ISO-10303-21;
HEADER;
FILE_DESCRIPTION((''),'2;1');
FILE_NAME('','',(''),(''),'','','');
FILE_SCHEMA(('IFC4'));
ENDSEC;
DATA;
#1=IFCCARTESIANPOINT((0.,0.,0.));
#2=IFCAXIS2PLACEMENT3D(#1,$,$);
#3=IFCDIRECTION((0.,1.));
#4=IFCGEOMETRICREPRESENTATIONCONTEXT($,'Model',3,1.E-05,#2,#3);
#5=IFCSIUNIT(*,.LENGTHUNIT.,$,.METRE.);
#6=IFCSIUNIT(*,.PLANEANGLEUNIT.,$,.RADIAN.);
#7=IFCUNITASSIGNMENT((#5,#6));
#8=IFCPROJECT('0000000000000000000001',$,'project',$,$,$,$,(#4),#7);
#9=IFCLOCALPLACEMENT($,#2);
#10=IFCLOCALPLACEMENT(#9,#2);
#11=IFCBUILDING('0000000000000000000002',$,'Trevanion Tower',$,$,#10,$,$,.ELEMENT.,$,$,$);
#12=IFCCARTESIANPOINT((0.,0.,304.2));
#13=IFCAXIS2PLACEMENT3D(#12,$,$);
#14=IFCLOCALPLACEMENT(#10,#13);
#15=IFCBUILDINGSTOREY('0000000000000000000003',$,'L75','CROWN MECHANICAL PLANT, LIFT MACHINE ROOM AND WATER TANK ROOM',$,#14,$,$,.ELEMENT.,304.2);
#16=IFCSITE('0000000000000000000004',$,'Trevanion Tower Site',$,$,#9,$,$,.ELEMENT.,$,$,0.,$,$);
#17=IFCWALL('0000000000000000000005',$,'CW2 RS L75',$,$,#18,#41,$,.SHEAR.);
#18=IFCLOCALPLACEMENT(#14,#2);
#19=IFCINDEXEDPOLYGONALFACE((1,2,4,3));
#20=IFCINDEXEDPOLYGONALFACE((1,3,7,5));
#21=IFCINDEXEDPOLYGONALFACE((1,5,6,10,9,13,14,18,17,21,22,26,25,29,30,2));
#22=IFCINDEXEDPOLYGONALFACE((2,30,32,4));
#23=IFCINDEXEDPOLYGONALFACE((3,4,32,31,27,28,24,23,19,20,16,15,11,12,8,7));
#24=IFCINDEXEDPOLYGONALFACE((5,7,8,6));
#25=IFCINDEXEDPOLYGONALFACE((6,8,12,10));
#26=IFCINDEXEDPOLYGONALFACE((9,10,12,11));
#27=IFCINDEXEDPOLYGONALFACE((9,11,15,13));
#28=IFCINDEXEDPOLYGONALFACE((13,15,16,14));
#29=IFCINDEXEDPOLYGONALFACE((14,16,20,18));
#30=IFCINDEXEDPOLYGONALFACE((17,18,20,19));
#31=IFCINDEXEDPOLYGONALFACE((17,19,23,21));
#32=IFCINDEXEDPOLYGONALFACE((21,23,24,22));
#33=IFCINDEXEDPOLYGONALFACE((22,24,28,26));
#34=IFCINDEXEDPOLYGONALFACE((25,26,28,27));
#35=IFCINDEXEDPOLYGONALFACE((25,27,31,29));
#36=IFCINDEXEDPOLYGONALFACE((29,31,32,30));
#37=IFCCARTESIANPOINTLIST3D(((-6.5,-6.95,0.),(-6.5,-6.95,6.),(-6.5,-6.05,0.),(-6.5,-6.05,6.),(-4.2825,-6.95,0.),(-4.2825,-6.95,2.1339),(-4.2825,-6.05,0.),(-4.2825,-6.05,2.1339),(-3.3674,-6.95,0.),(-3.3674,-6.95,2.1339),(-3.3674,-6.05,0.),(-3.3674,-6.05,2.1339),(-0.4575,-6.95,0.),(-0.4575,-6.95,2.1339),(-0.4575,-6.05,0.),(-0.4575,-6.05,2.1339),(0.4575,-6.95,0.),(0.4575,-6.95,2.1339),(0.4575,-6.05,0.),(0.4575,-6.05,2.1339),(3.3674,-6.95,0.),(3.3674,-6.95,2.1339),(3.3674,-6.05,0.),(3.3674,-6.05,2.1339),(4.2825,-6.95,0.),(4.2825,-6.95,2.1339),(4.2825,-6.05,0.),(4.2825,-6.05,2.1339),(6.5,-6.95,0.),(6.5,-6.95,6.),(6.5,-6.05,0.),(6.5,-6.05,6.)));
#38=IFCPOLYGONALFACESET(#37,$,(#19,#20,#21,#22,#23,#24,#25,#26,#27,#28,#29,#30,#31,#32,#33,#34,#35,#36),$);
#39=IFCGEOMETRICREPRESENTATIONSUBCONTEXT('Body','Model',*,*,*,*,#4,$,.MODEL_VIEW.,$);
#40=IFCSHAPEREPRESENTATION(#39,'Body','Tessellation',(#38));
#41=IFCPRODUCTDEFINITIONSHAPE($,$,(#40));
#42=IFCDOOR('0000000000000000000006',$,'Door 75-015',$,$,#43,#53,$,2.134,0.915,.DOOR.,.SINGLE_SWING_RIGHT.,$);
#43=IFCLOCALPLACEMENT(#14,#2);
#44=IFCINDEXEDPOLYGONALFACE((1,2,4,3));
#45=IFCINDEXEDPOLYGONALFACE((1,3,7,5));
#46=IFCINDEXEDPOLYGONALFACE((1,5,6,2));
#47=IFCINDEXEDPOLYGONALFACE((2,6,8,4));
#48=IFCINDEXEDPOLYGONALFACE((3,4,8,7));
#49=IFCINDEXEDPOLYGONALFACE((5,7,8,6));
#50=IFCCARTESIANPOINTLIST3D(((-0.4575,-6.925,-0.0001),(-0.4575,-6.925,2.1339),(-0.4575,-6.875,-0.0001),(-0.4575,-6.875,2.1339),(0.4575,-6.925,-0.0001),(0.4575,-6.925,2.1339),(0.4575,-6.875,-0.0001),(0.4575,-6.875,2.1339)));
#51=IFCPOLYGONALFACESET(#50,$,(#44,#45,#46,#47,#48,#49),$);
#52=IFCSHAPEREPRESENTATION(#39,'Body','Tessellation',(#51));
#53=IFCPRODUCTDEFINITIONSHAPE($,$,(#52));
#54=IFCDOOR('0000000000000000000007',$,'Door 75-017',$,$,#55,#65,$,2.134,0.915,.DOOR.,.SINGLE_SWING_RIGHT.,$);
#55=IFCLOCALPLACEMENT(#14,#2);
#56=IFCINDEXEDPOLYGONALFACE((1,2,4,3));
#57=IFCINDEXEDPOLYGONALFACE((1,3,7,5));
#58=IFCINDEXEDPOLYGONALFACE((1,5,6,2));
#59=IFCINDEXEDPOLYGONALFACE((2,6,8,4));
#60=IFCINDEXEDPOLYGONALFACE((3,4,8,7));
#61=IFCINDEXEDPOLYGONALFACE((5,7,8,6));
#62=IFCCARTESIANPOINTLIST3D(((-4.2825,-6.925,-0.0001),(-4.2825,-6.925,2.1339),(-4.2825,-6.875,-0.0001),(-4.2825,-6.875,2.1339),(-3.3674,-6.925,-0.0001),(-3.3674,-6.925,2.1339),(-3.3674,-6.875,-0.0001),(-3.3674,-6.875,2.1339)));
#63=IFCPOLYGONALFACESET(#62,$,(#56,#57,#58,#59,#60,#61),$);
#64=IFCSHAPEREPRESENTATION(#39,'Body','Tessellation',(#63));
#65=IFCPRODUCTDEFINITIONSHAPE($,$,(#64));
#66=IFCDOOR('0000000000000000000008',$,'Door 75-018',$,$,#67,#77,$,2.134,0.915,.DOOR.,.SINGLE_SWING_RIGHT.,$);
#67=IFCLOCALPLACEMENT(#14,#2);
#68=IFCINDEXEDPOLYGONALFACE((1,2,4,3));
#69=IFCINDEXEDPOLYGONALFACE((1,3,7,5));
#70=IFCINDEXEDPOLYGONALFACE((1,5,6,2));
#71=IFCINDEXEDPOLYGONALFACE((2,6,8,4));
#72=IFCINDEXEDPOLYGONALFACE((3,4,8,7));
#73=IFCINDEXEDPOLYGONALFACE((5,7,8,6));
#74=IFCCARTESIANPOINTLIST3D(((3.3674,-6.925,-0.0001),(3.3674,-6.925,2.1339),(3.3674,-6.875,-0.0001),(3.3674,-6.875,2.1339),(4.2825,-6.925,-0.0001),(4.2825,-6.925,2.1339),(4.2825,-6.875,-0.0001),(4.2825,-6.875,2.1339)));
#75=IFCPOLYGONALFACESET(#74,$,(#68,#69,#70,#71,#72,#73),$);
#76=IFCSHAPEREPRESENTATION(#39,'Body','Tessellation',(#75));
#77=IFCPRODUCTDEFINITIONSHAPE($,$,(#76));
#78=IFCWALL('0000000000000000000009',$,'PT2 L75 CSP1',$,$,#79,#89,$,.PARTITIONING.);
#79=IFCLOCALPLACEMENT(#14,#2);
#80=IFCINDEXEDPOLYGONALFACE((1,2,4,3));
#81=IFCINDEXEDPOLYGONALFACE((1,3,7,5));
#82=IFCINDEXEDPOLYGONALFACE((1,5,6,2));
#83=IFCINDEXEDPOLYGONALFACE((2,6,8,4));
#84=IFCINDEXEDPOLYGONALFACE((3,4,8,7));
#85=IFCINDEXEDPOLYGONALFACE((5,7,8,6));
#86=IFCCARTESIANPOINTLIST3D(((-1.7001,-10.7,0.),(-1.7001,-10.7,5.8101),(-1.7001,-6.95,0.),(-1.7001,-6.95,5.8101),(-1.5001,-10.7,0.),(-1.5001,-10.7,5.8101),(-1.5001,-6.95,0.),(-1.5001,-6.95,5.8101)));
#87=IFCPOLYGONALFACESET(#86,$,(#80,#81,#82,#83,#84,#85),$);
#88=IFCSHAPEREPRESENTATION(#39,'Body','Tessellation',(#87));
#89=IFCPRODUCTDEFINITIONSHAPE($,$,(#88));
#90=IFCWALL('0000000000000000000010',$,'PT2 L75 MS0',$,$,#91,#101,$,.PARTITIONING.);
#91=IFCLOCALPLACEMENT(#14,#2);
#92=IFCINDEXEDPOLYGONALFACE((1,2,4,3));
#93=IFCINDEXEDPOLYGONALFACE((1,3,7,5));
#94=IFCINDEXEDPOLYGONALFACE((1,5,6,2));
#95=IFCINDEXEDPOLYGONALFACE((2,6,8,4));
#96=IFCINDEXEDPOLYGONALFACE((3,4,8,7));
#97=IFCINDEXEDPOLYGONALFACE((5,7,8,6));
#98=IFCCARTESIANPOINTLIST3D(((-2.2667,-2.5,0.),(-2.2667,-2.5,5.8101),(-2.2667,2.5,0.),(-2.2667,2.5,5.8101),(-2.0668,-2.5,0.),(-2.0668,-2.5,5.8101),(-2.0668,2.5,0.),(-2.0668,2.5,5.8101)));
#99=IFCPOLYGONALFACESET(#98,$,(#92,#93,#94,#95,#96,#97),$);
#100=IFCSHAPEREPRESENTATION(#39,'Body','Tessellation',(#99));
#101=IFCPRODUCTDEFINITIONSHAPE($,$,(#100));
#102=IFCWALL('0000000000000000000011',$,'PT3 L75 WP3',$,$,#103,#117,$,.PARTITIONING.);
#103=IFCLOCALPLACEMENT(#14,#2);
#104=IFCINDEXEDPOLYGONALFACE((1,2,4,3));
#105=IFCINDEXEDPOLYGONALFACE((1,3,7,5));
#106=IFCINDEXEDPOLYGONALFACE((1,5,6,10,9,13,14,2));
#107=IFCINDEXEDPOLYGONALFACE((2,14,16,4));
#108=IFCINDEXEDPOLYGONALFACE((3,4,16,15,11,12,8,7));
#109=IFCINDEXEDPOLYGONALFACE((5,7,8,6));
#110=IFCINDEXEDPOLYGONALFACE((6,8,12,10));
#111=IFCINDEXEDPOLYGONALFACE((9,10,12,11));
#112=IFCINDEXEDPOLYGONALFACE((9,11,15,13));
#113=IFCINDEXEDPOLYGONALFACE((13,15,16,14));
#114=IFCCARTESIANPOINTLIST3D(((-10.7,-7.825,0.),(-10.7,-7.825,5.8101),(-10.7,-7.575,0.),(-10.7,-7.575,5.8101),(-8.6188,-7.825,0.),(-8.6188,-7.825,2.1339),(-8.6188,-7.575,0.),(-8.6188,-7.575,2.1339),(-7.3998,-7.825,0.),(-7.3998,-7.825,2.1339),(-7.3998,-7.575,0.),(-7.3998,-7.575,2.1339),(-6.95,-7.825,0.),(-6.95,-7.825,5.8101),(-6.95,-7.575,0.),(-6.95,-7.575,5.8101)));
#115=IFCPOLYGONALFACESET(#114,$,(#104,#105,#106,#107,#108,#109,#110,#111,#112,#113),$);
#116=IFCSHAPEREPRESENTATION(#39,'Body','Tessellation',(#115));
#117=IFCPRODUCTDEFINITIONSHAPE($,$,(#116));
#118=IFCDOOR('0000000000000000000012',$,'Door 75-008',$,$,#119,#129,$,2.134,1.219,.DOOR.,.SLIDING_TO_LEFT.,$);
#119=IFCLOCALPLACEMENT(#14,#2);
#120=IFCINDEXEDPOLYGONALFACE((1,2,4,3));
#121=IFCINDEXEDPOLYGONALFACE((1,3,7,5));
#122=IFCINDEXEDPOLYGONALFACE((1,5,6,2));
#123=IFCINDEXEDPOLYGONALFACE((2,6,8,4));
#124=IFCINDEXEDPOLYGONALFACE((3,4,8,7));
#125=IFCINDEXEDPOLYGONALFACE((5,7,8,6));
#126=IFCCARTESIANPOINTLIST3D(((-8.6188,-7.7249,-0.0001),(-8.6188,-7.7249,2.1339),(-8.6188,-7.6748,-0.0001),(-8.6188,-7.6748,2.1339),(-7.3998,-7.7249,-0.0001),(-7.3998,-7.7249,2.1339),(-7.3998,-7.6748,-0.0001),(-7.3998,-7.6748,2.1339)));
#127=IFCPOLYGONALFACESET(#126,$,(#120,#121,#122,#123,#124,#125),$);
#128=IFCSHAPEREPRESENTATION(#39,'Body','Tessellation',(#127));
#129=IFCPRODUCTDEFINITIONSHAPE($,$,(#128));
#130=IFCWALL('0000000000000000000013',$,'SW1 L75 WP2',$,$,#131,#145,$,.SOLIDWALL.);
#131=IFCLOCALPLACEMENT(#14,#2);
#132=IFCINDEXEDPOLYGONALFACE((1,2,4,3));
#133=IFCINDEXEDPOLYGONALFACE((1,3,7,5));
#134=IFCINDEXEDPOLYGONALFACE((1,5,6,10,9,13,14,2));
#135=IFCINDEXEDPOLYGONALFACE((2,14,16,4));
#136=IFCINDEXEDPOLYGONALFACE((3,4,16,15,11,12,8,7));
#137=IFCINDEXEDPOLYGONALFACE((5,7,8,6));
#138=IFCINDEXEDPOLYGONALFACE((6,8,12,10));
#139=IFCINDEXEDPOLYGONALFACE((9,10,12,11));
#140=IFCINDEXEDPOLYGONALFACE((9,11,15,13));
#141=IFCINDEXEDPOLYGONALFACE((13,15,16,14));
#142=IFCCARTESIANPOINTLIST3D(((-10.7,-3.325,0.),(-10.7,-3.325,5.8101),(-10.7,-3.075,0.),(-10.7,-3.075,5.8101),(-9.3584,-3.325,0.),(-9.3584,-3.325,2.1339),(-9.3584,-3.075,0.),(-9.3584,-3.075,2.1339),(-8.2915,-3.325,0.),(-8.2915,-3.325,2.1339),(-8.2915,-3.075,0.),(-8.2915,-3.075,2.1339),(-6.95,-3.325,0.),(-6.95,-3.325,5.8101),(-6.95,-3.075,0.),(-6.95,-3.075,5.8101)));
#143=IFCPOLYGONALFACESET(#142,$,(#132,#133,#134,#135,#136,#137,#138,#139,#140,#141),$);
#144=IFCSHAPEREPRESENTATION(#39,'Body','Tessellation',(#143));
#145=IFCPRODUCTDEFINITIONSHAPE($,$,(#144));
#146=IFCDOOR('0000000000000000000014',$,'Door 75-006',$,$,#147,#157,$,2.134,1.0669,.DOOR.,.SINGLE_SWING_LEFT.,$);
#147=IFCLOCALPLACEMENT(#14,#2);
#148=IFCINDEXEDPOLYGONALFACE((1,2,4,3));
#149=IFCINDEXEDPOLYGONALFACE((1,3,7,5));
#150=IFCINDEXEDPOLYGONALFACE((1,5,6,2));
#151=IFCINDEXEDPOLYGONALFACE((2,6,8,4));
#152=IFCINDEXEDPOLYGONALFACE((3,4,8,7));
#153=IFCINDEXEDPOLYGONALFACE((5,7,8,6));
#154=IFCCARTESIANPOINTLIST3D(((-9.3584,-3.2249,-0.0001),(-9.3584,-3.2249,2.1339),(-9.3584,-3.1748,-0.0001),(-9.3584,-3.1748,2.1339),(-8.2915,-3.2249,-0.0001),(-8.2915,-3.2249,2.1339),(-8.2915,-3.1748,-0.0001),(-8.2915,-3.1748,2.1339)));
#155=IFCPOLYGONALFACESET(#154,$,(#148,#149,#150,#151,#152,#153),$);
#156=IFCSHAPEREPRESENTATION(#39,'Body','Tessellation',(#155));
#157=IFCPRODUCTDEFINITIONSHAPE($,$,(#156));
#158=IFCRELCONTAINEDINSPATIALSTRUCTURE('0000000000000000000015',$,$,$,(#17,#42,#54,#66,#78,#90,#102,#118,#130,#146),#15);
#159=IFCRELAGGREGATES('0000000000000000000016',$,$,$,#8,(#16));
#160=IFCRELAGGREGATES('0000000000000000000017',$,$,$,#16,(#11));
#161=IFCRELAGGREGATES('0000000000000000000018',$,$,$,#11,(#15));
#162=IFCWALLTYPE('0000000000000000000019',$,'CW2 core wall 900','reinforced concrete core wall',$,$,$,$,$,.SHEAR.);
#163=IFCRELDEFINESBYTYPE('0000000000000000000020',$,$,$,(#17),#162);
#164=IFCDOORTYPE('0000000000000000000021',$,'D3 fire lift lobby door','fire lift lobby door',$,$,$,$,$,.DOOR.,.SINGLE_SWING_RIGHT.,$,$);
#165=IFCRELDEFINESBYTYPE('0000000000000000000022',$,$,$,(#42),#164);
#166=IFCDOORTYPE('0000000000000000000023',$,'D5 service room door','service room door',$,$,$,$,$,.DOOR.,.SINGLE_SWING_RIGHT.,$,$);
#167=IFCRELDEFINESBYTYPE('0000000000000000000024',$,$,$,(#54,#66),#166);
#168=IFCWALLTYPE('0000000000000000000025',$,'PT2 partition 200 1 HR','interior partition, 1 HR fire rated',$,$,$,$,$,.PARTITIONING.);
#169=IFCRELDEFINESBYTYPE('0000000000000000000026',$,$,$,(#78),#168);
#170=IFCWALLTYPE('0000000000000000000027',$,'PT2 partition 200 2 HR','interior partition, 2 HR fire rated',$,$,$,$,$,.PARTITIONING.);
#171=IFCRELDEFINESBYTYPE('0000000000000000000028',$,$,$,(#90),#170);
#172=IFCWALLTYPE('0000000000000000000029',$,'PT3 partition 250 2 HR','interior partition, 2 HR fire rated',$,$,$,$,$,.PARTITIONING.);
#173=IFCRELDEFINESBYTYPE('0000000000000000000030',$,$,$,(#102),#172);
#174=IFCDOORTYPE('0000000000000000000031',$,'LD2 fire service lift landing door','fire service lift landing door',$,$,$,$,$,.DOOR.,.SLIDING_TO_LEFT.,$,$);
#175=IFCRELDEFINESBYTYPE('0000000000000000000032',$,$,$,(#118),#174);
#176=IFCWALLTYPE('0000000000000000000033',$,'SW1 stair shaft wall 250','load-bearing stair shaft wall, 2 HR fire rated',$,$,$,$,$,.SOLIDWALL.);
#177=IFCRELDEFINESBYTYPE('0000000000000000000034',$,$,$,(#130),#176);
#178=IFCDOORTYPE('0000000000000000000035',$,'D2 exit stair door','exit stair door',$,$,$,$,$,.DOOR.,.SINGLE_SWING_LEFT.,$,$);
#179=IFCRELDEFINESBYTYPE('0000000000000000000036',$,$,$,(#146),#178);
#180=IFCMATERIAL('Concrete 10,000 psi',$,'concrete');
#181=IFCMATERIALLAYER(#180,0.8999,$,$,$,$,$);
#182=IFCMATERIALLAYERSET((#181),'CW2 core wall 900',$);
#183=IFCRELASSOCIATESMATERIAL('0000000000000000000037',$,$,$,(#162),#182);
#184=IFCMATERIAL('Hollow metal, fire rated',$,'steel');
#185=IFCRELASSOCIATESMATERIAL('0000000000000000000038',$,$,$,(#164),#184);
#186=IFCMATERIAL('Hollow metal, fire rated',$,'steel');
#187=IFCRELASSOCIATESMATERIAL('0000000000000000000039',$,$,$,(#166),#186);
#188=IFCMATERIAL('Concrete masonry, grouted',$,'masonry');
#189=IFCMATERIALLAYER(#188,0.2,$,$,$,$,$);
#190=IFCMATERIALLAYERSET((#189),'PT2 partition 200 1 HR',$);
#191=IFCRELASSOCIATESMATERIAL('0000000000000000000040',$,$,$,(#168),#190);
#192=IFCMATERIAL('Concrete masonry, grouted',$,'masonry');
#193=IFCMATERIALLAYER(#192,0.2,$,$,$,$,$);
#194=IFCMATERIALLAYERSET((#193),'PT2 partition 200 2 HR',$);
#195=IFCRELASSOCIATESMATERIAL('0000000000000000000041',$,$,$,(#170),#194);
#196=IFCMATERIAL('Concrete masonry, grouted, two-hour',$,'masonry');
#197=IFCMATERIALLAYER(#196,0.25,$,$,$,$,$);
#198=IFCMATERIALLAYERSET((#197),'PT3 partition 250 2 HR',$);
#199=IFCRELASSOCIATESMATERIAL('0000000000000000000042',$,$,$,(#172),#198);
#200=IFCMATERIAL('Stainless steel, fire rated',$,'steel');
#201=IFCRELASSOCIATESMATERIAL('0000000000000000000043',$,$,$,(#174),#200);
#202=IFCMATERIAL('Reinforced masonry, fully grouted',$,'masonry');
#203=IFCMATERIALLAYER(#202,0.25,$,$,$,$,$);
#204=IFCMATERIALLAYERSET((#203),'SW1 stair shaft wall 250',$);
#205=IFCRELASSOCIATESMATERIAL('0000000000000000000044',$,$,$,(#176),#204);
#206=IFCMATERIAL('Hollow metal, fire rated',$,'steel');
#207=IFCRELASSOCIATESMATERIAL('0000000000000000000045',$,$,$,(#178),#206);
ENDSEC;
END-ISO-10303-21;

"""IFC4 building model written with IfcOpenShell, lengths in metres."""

from ifc_helpers import new_model, si_unit, direction, frame, frame_2d, origin, place, context, subcontext, project, spatial, rectangle, extrude, material, layer, layer_set, type_object, element, fill, save


model = new_model("IFC4")

# Units and contexts
model_context = context("Model", 3, precision=1e-05, world=origin(), true_north=direction((0.0, 1.0)))
body_context = subcontext(model_context, "Body", "Model", "MODEL_VIEW")
ifc_project = project(units=[si_unit("LENGTHUNIT", "METRE"), si_unit("PLANEANGLEUNIT", "RADIAN")], contexts=[model_context])

# Site, building, storey
site_placement = place(None, origin())
site = spatial("IfcSite", under=ifc_project, at=site_placement, Name="Trevanion Tower Site", CompositionType="ELEMENT", RefElevation=0.0)
building_placement = place(site_placement, origin())
building = spatial("IfcBuilding", under=site, at=building_placement, Name="Trevanion Tower", CompositionType="ELEMENT")
storey_placement = place(building_placement, frame((0.0, 0.0, 304.2)))
storey = spatial("IfcBuildingStorey", under=building, at=storey_placement, Name="L75", Description="CROWN MECHANICAL PLANT, LIFT MACHINE ROOM AND WATER TANK ROOM", CompositionType="ELEMENT", Elevation=304.2)

# Shared definitions
ifc_material_1 = material(Name="Concrete 10,000 psi", Category="concrete")
ifc_layer_1 = layer(ifc_material_1, 0.8999)
ifc_layer_set_1 = layer_set([ifc_layer_1], Name="CW2 core wall 900")
wall_type_1 = type_object("IfcWallType", Name="CW2 core wall 900", Description="reinforced concrete core wall", PredefinedType="SHEAR", material=ifc_layer_set_1)

# Wall, openings, doors
wall_1_placement = place(storey_placement, frame((-6.5, -6.5, 0.0), z_axis=(0.0, 0.0, 1.0), x_axis=(1.0, 0.0, 0.0)))
wall_1 = element("IfcWall", 1, at=wall_1_placement, inside=storey, type_object=wall_type_1, Name="CW2 RS L75", PredefinedType="SHEAR", context=body_context, shape_type="SweptSolid", body=[
    extrude(rectangle(XDim=13.0, YDim=0.8999, at=frame_2d((6.5, 0.0))), origin(), (0.0, 0.0, 1.0), 6.0),
])
opening_1_placement = place(wall_1_placement, frame((6.0425, 0.0, 0.0)))
opening_1 = element("IfcOpeningElement", 2, at=opening_1_placement, cuts=wall_1, PredefinedType="OPENING", context=body_context, shape_type="SweptSolid", body=[
    extrude(rectangle(XDim=0.915, YDim=2.134, at=frame_2d((0.4575, 1.0669))), frame((0.0, 0.46, 0.0), z_axis=(0.0, -1.0, 0.0), x_axis=(1.0, 0.0, 0.0)), (0.0, 0.0, 1.0), 0.9199),
])
opening_2_placement = place(wall_1_placement, frame((2.2175, 0.0, 0.0)))
opening_2 = element("IfcOpeningElement", 3, at=opening_2_placement, cuts=wall_1, PredefinedType="OPENING", context=body_context, shape_type="SweptSolid", body=[
    extrude(rectangle(XDim=0.915, YDim=2.134, at=frame_2d((0.4575, 1.0669))), frame((0.0, 0.46, 0.0), z_axis=(0.0, -1.0, 0.0), x_axis=(1.0, 0.0, 0.0)), (0.0, 0.0, 1.0), 0.9199),
])
opening_3_placement = place(wall_1_placement, frame((9.8674, 0.0, 0.0)))
opening_3 = element("IfcOpeningElement", 4, at=opening_3_placement, cuts=wall_1, PredefinedType="OPENING", context=body_context, shape_type="SweptSolid", body=[
    extrude(rectangle(XDim=0.915, YDim=2.134, at=frame_2d((0.4575, 1.0669))), frame((0.0, 0.46, 0.0), z_axis=(0.0, -1.0, 0.0), x_axis=(1.0, 0.0, 0.0)), (0.0, 0.0, 1.0), 0.9199),
])
ifc_material_2 = material(Name="Hollow metal, fire rated", Category="steel")
door_type_1 = type_object("IfcDoorType", Name="D3 fire lift lobby door", Description="fire lift lobby door", OperationType="SINGLE_SWING_RIGHT", PredefinedType="DOOR", material=ifc_material_2)
door_1_placement = place(opening_1_placement, origin())
door_1 = element("IfcDoor", 5, at=door_1_placement, inside=storey, type_object=door_type_1, Name="Door 75-015", OperationType="SINGLE_SWING_RIGHT", OverallHeight=2.134, OverallWidth=0.915, PredefinedType="DOOR", context=body_context, shape_type="SweptSolid", body=[
    extrude(rectangle(XDim=0.915, YDim=2.134, at=frame_2d((0.4575, 1.0669))), frame((0.0, -0.375, 0.0), z_axis=(0.0, -1.0, 0.0), x_axis=(1.0, 0.0, 0.0)), (0.0, 0.0, 1.0), 0.05),
])
fill(opening_1, door_1)
ifc_material_3 = material(Name="Hollow metal, fire rated", Category="steel")
door_type_2 = type_object("IfcDoorType", Name="D5 service room door", Description="service room door", OperationType="SINGLE_SWING_RIGHT", PredefinedType="DOOR", material=ifc_material_3)
door_2_placement = place(opening_2_placement, origin())
door_2 = element("IfcDoor", 6, at=door_2_placement, inside=storey, type_object=door_type_2, Name="Door 75-017", OperationType="SINGLE_SWING_RIGHT", OverallHeight=2.134, OverallWidth=0.915, PredefinedType="DOOR", context=body_context, shape_type="SweptSolid", body=[
    extrude(rectangle(XDim=0.915, YDim=2.134, at=frame_2d((0.4575, 1.0669))), frame((0.0, -0.375, 0.0), z_axis=(0.0, -1.0, 0.0), x_axis=(1.0, 0.0, 0.0)), (0.0, 0.0, 1.0), 0.05),
])
fill(opening_2, door_2)
door_3_placement = place(opening_3_placement, origin())
door_3 = element("IfcDoor", 7, at=door_3_placement, inside=storey, type_object=door_type_2, Name="Door 75-018", OperationType="SINGLE_SWING_RIGHT", OverallHeight=2.134, OverallWidth=0.915, PredefinedType="DOOR", context=body_context, shape_type="SweptSolid", body=[
    extrude(rectangle(XDim=0.915, YDim=2.134, at=frame_2d((0.4575, 1.0669))), frame((0.0, -0.375, 0.0), z_axis=(0.0, -1.0, 0.0), x_axis=(1.0, 0.0, 0.0)), (0.0, 0.0, 1.0), 0.05),
])
fill(opening_3, door_3)

# Walls
ifc_material_4 = material(Name="Concrete masonry, grouted", Category="masonry")
ifc_layer_2 = layer(ifc_material_4, 0.2)
ifc_layer_set_2 = layer_set([ifc_layer_2], Name="PT2 partition 200 1 HR")
wall_type_2 = type_object("IfcWallType", Name="PT2 partition 200 1 HR", Description="interior partition, 1 HR fire rated", PredefinedType="PARTITIONING", material=ifc_layer_set_2)
wall_2_placement = place(storey_placement, frame((-1.6001, -6.95, 0.0), z_axis=(0.0, 0.0, 1.0), x_axis=(0.0, -1.0, 0.0)))
element("IfcWall", 8, at=wall_2_placement, inside=storey, type_object=wall_type_2, Name="PT2 L75 CSP1", PredefinedType="PARTITIONING", context=body_context, shape_type="SweptSolid", body=[
    extrude(rectangle(XDim=3.75, YDim=0.2, at=frame_2d((1.875, 0.0))), origin(), (0.0, 0.0, 1.0), 5.8101),
])
ifc_material_5 = material(Name="Concrete masonry, grouted", Category="masonry")
ifc_layer_3 = layer(ifc_material_5, 0.2)
ifc_layer_set_3 = layer_set([ifc_layer_3], Name="PT2 partition 200 2 HR")
wall_type_3 = type_object("IfcWallType", Name="PT2 partition 200 2 HR", Description="interior partition, 2 HR fire rated", PredefinedType="PARTITIONING", material=ifc_layer_set_3)
wall_3_placement = place(storey_placement, frame((-2.1667, -2.5, 0.0), z_axis=(0.0, 0.0, 1.0), x_axis=(0.0, 1.0, 0.0)))
element("IfcWall", 9, at=wall_3_placement, inside=storey, type_object=wall_type_3, Name="PT2 L75 MS0", PredefinedType="PARTITIONING", context=body_context, shape_type="SweptSolid", body=[
    extrude(rectangle(XDim=5.0, YDim=0.2, at=frame_2d((2.5, 0.0))), origin(), (0.0, 0.0, 1.0), 5.8101),
])

# Walls, openings, doors
ifc_material_6 = material(Name="Concrete masonry, grouted, two-hour", Category="masonry")
ifc_layer_4 = layer(ifc_material_6, 0.25)
ifc_layer_set_4 = layer_set([ifc_layer_4], Name="PT3 partition 250 2 HR")
wall_type_4 = type_object("IfcWallType", Name="PT3 partition 250 2 HR", Description="interior partition, 2 HR fire rated", PredefinedType="PARTITIONING", material=ifc_layer_set_4)
wall_4_placement = place(storey_placement, frame((-6.95, -7.7, 0.0), z_axis=(0.0, 0.0, 1.0), x_axis=(-1.0, 0.0, 0.0)))
wall_4 = element("IfcWall", 10, at=wall_4_placement, inside=storey, type_object=wall_type_4, Name="PT3 L75 WP3", PredefinedType="PARTITIONING", context=body_context, shape_type="SweptSolid", body=[
    extrude(rectangle(XDim=3.75, YDim=0.25, at=frame_2d((1.875, 0.0))), origin(), (0.0, 0.0, 1.0), 5.8101),
])
opening_4_placement = place(wall_4_placement, frame((0.45, 0.0, 0.0)))
opening_4 = element("IfcOpeningElement", 11, at=opening_4_placement, cuts=wall_4, PredefinedType="OPENING", context=body_context, shape_type="SweptSolid", body=[
    extrude(rectangle(XDim=1.219, YDim=2.134, at=frame_2d((0.6094, 1.0669))), frame((0.0, 0.135, 0.0), z_axis=(0.0, -1.0, 0.0), x_axis=(1.0, 0.0, 0.0)), (0.0, 0.0, 1.0), 0.27),
])
ifc_material_7 = material(Name="Stainless steel, fire rated", Category="steel")
door_type_3 = type_object("IfcDoorType", Name="LD2 fire service lift landing door", Description="fire service lift landing door", OperationType="SLIDING_TO_LEFT", PredefinedType="DOOR", material=ifc_material_7)
door_4_placement = place(opening_4_placement, origin())
door_4 = element("IfcDoor", 12, at=door_4_placement, inside=storey, type_object=door_type_3, Name="Door 75-008", OperationType="SLIDING_TO_LEFT", OverallHeight=2.134, OverallWidth=1.219, PredefinedType="DOOR", context=body_context, shape_type="SweptSolid", body=[
    extrude(rectangle(XDim=1.219, YDim=2.134, at=frame_2d((0.6094, 1.0669))), frame((0.0, 0.0249, 0.0), z_axis=(0.0, -1.0, 0.0), x_axis=(1.0, 0.0, 0.0)), (0.0, 0.0, 1.0), 0.05),
])
fill(opening_4, door_4)
ifc_material_8 = material(Name="Reinforced masonry, fully grouted", Category="masonry")
ifc_layer_5 = layer(ifc_material_8, 0.25)
ifc_layer_set_5 = layer_set([ifc_layer_5], Name="SW1 stair shaft wall 250")
wall_type_5 = type_object("IfcWallType", Name="SW1 stair shaft wall 250", Description="load-bearing stair shaft wall, 2 HR fire rated", PredefinedType="SOLIDWALL", material=ifc_layer_set_5)
wall_5_placement = place(storey_placement, frame((-6.95, -3.2, 0.0), z_axis=(0.0, 0.0, 1.0), x_axis=(-1.0, 0.0, 0.0)))
wall_5 = element("IfcWall", 13, at=wall_5_placement, inside=storey, type_object=wall_type_5, Name="SW1 L75 WP2", PredefinedType="SOLIDWALL", context=body_context, shape_type="SweptSolid", body=[
    extrude(rectangle(XDim=3.75, YDim=0.25, at=frame_2d((1.875, 0.0))), origin(), (0.0, 0.0, 1.0), 5.8101),
])
opening_5_placement = place(wall_5_placement, frame((1.3416, 0.0, 0.0)))
opening_5 = element("IfcOpeningElement", 14, at=opening_5_placement, cuts=wall_5, PredefinedType="OPENING", context=body_context, shape_type="SweptSolid", body=[
    extrude(rectangle(XDim=1.0669, YDim=2.134, at=frame_2d((0.5334, 1.0669))), frame((0.0, 0.135, 0.0), z_axis=(0.0, -1.0, 0.0), x_axis=(1.0, 0.0, 0.0)), (0.0, 0.0, 1.0), 0.27),
])
ifc_material_9 = material(Name="Hollow metal, fire rated", Category="steel")
door_type_4 = type_object("IfcDoorType", Name="D2 exit stair door", Description="exit stair door", OperationType="SINGLE_SWING_LEFT", PredefinedType="DOOR", material=ifc_material_9)
door_5_placement = place(opening_5_placement, origin())
door_5 = element("IfcDoor", 15, at=door_5_placement, inside=storey, type_object=door_type_4, Name="Door 75-006", OperationType="SINGLE_SWING_LEFT", OverallHeight=2.134, OverallWidth=1.0669, PredefinedType="DOOR", context=body_context, shape_type="SweptSolid", body=[
    extrude(rectangle(XDim=1.0669, YDim=2.134, at=frame_2d((0.5334, 1.0669))), frame((0.0, 0.0249, 0.0), z_axis=(0.0, -1.0, 0.0), x_axis=(1.0, 0.0, 0.0)), (0.0, 0.0, 1.0), 0.05),
])
fill(opening_5, door_5)

save(model, "model.ifc")
